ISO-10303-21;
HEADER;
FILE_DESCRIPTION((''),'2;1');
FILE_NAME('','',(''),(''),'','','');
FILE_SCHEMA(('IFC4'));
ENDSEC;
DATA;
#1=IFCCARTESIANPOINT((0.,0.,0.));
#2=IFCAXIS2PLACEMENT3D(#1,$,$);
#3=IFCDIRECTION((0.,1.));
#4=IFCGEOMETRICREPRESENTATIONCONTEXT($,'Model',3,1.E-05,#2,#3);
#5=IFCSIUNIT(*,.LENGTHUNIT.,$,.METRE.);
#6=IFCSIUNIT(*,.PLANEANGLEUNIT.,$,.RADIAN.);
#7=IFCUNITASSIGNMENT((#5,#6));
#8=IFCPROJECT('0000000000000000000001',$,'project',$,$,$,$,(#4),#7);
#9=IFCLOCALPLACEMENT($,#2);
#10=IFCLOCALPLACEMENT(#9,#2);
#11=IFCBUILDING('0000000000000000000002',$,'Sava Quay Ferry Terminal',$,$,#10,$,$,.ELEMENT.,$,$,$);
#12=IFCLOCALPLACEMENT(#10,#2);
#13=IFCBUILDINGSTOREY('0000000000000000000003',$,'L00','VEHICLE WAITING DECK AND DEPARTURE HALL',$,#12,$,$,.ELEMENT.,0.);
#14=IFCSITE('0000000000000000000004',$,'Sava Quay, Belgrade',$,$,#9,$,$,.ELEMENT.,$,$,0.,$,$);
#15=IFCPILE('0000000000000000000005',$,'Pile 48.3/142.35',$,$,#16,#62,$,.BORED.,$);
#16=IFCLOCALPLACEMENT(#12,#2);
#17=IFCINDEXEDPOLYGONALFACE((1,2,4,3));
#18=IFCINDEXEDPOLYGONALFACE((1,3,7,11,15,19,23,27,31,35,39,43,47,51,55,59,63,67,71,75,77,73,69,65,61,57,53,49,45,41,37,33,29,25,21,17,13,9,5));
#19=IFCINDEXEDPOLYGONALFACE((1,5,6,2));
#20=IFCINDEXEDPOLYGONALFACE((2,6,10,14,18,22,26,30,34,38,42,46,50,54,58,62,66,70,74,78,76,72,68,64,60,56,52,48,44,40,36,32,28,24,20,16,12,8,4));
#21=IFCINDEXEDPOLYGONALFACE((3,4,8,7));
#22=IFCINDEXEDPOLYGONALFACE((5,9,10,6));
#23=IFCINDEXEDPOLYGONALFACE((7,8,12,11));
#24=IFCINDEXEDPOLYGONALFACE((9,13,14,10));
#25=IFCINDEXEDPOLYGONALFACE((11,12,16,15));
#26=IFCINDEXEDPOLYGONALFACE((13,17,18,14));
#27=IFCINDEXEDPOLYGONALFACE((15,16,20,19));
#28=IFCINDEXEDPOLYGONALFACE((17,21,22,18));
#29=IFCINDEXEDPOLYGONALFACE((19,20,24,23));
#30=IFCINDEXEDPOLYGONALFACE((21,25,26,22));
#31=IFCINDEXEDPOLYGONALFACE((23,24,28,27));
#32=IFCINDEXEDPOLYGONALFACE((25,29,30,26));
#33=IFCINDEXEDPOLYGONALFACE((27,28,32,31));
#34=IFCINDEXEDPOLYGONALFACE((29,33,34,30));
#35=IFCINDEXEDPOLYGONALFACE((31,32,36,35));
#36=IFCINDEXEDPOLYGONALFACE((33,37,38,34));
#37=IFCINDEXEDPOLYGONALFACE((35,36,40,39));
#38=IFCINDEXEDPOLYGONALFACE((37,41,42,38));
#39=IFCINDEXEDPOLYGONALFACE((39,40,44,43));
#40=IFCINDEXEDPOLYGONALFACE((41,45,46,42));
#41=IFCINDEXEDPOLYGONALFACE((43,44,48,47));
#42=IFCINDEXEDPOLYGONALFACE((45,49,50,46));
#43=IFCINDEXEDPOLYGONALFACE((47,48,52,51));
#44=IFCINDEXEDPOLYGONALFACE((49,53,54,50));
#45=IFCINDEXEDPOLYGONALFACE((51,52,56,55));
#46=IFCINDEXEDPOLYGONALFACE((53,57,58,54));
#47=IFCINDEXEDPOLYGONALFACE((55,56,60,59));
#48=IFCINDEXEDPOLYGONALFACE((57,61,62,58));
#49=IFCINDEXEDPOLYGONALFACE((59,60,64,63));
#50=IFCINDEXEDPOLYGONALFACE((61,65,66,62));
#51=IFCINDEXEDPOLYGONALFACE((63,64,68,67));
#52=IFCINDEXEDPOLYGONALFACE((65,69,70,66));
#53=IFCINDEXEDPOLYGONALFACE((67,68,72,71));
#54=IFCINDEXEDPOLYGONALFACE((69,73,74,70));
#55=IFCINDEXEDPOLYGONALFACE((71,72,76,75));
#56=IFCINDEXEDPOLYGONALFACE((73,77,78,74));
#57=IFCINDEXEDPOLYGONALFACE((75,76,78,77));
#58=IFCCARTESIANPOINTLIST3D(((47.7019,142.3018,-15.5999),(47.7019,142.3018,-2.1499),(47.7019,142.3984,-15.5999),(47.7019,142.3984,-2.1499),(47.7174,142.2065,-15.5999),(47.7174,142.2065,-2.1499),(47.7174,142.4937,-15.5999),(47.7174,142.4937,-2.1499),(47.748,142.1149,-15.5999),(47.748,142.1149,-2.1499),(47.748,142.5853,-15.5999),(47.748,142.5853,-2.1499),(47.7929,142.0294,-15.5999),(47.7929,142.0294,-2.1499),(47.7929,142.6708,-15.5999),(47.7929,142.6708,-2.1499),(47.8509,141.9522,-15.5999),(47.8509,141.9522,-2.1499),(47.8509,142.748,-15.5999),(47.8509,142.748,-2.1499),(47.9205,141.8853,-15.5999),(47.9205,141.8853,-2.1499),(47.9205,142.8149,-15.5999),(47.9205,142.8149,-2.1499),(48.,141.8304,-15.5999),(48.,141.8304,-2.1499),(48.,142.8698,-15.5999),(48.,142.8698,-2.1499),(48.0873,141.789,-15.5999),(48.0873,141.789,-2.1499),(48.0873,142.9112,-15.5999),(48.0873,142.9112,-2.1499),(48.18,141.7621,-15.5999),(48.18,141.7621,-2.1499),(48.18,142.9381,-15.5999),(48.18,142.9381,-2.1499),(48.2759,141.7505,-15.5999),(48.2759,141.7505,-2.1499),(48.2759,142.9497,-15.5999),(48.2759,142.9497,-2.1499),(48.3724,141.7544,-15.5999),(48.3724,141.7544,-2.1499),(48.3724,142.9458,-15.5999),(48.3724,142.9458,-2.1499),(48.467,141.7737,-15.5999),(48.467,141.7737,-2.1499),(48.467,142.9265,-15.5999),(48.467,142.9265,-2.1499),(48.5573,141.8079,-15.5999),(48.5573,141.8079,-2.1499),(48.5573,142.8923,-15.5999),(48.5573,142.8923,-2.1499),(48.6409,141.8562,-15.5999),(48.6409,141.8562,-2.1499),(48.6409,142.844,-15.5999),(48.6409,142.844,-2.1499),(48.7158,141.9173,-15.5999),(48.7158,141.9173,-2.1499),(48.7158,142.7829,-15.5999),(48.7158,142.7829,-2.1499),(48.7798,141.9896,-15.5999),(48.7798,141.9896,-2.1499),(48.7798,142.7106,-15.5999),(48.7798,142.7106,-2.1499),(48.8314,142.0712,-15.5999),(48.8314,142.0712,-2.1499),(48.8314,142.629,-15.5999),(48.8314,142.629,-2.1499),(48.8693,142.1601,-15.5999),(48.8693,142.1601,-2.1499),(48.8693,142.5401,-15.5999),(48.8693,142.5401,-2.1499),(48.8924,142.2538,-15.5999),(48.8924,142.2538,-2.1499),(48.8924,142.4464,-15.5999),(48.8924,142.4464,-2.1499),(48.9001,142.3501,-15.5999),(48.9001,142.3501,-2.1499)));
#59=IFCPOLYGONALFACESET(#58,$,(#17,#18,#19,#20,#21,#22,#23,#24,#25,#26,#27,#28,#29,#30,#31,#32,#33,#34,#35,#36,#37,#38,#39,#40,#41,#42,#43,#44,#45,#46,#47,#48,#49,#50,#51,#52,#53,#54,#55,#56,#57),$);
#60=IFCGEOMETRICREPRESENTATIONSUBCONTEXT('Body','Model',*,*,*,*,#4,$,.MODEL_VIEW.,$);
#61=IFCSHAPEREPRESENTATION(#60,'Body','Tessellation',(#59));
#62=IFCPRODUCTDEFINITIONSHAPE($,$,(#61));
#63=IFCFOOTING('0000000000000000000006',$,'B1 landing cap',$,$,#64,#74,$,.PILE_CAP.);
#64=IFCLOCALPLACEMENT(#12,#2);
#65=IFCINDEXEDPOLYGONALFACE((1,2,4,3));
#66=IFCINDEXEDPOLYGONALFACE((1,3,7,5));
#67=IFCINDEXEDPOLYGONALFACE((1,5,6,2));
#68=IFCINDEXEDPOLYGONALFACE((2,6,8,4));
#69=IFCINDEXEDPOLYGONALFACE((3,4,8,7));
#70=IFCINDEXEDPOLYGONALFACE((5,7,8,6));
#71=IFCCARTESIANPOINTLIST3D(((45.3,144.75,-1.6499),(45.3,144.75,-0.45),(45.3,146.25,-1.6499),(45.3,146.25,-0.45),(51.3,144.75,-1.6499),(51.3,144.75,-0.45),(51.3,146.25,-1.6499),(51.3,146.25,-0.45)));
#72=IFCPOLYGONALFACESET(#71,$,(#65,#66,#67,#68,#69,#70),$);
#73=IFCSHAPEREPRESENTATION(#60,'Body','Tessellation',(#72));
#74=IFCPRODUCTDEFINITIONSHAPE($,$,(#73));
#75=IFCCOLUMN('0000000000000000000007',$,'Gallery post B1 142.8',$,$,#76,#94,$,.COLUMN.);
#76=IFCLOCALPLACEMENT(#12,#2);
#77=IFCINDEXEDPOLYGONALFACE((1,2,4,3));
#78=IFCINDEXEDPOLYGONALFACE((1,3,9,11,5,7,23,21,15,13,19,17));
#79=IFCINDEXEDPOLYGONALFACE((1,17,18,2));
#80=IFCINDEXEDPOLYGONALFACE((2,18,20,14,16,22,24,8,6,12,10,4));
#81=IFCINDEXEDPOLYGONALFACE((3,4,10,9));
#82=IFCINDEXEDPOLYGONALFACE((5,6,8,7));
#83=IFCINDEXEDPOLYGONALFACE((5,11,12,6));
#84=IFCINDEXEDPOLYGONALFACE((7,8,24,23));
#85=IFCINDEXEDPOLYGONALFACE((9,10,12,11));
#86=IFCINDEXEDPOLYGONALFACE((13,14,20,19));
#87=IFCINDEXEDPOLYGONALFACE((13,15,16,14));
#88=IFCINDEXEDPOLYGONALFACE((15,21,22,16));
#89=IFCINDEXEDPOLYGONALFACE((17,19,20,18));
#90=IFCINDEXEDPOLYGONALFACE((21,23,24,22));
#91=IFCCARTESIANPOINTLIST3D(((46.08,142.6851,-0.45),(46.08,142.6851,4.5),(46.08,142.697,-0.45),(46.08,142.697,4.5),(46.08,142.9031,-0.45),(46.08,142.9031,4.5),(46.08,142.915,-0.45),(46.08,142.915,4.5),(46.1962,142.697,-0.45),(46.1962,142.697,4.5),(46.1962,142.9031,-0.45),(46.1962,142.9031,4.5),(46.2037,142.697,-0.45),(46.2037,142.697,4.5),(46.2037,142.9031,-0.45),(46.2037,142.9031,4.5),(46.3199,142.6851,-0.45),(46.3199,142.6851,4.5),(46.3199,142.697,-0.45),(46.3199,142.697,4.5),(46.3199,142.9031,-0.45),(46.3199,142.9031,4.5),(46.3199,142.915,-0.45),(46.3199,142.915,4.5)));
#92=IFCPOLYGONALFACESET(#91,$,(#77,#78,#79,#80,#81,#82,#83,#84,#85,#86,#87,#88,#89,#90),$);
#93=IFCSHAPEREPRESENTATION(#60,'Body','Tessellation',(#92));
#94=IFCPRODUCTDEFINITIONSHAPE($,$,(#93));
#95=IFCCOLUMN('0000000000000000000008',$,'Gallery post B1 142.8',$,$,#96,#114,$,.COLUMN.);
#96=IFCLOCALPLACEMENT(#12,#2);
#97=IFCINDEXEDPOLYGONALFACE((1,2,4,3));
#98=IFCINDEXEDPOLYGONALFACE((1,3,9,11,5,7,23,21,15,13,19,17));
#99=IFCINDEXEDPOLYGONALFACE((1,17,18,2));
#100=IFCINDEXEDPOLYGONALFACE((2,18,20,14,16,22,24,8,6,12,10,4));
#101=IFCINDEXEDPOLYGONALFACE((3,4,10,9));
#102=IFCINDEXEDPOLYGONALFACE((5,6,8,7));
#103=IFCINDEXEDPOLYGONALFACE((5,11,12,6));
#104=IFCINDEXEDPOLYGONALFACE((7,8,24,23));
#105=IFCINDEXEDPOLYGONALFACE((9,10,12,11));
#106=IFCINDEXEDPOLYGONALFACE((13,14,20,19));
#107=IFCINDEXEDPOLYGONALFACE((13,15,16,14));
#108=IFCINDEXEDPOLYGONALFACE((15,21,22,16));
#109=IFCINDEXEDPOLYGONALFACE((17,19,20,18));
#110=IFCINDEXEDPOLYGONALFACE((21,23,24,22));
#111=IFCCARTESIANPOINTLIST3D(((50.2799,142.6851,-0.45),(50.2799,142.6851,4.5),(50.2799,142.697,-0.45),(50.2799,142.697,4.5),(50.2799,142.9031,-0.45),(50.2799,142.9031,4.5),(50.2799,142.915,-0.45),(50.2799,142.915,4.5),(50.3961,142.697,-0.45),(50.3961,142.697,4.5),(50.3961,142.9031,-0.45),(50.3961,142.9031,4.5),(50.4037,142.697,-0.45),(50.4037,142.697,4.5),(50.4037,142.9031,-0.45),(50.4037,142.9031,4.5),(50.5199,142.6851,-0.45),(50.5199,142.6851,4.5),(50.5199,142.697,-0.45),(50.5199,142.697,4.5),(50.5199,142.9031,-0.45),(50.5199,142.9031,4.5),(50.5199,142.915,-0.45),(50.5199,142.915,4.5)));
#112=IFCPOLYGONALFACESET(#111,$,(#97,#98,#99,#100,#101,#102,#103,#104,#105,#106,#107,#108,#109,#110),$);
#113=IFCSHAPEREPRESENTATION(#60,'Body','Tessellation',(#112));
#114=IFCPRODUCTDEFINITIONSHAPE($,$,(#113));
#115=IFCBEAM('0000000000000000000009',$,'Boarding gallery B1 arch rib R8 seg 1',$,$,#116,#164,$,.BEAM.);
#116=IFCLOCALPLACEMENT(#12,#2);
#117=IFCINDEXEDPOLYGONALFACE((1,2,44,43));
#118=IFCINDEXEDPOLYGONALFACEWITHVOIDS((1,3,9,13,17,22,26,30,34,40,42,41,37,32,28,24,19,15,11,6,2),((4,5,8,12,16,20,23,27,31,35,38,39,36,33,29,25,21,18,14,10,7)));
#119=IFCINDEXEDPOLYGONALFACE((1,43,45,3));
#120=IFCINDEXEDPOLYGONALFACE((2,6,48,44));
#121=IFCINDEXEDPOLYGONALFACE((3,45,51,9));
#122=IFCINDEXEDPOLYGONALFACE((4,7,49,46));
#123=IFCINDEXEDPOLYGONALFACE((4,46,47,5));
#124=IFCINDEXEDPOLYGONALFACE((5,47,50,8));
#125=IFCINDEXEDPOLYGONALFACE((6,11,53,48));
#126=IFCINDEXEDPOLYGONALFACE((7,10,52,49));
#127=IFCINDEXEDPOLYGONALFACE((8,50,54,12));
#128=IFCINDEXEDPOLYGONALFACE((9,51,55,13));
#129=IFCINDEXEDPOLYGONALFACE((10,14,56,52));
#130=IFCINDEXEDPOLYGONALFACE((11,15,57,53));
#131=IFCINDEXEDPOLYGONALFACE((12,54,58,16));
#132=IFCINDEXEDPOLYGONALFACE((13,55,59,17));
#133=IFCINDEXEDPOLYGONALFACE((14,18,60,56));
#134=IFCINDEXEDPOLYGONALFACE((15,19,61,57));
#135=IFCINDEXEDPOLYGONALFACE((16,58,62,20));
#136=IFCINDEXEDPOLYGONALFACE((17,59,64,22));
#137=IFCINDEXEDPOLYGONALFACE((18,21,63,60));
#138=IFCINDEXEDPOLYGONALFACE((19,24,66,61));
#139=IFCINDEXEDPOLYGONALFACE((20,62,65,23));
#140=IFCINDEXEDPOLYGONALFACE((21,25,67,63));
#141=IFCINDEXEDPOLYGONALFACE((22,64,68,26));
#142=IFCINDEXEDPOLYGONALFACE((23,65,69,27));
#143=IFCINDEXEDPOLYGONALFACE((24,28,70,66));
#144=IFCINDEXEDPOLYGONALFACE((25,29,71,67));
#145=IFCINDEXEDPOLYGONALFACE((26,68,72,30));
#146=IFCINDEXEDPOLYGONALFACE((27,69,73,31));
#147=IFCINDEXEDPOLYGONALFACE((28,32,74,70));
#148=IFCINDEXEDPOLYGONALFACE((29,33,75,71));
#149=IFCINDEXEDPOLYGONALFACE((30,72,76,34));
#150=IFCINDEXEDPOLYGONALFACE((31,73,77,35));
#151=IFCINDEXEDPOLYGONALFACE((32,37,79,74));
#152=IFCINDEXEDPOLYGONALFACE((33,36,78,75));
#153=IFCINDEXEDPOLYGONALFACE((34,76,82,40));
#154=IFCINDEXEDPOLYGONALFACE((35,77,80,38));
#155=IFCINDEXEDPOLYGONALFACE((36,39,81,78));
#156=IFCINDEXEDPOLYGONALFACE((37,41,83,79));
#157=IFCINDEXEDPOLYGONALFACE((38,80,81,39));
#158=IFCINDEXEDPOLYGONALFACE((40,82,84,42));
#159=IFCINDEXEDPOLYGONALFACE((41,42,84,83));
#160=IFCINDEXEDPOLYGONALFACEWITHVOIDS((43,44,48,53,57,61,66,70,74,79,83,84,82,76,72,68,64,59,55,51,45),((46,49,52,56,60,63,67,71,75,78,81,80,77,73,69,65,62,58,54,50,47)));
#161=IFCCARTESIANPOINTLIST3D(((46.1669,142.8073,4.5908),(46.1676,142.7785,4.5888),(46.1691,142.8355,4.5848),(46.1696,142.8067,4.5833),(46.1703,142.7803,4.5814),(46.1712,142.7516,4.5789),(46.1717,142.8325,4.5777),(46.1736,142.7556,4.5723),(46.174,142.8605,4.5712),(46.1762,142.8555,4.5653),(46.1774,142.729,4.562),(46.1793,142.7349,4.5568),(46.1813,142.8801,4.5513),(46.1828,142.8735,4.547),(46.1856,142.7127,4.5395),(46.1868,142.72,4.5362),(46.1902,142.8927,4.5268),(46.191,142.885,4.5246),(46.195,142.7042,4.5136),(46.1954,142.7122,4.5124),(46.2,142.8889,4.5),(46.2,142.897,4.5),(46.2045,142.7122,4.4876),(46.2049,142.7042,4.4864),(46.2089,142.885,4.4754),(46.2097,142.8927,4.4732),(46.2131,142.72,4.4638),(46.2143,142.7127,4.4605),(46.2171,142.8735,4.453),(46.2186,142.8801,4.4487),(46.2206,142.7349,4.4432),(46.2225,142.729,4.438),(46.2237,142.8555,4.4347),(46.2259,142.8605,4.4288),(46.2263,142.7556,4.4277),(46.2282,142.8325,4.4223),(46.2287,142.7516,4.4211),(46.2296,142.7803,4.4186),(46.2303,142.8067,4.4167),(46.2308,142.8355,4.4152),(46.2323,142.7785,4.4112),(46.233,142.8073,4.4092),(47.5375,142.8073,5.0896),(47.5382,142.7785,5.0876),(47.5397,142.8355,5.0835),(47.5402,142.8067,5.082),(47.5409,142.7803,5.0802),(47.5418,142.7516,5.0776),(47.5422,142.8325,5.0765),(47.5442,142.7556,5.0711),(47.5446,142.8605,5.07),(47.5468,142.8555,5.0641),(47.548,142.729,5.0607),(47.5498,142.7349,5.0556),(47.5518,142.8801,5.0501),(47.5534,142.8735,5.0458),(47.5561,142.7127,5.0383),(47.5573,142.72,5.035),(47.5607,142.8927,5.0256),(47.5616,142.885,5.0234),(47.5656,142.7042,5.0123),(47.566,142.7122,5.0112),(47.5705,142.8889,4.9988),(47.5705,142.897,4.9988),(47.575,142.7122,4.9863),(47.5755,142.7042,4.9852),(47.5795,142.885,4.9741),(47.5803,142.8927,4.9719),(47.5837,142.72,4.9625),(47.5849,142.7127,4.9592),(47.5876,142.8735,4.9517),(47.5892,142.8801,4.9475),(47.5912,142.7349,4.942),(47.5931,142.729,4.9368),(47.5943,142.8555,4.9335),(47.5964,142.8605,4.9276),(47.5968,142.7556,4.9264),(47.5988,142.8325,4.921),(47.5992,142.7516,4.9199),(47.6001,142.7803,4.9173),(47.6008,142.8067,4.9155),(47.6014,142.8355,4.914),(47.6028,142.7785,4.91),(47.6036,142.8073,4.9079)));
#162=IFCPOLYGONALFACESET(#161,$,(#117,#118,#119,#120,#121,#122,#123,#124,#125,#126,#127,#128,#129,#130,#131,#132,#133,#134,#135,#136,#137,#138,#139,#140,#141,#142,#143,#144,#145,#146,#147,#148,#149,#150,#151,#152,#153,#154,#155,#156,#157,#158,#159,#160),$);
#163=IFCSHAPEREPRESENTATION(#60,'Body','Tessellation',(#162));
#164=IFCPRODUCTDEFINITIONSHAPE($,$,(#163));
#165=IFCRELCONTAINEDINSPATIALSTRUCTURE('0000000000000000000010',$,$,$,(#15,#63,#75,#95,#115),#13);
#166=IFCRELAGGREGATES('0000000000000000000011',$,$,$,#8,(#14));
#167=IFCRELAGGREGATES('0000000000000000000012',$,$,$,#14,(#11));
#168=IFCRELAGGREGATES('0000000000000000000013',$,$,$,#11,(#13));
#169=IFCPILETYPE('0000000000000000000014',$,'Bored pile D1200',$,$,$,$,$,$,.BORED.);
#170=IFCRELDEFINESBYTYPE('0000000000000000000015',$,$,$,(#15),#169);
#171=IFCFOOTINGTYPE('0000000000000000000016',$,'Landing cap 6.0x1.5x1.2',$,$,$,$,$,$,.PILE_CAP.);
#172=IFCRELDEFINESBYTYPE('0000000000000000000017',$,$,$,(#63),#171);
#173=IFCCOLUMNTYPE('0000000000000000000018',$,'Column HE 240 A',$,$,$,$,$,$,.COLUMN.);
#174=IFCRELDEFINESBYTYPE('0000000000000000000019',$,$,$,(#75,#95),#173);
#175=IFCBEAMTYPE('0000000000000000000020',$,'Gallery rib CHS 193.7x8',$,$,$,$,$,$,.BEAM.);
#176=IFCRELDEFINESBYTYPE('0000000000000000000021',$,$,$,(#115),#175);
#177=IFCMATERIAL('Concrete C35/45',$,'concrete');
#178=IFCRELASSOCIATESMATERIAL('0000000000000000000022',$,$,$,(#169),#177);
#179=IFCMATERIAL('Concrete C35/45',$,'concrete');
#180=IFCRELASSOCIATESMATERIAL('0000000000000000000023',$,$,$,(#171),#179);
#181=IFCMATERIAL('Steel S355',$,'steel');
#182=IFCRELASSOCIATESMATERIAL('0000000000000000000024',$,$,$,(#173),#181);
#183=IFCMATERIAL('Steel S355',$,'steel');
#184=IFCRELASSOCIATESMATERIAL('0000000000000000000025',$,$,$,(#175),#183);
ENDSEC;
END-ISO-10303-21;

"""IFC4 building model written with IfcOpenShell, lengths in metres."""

from ifc_helpers import new_model, si_unit, direction, frame, origin, origin_2d, place, context, subcontext, project, spatial, rectangle, circle, hollow_circle, i_section, extrude, material, material_profile, profile_set, type_object, element, save


model = new_model("IFC4")

# Units and contexts
model_context = context("Model", 3, precision=1e-05, world=origin(), true_north=direction((0.0, 1.0)))
body_context = subcontext(model_context, "Body", "Model", "MODEL_VIEW")
ifc_project = project(units=[si_unit("LENGTHUNIT", "METRE"), si_unit("PLANEANGLEUNIT", "RADIAN")], contexts=[model_context])

# Site, building, storey
site_placement = place(None, origin())
site = spatial("IfcSite", under=ifc_project, at=site_placement, Name="Sava Quay, Belgrade", CompositionType="ELEMENT", RefElevation=0.0)
building_placement = place(site_placement, origin())
building = spatial("IfcBuilding", under=site, at=building_placement, Name="Sava Quay Ferry Terminal", CompositionType="ELEMENT")
storey_placement = place(building_placement, origin())
storey = spatial("IfcBuildingStorey", under=building, at=storey_placement, Name="L00", Description="VEHICLE WAITING DECK AND DEPARTURE HALL", CompositionType="ELEMENT", Elevation=0.0)

# Pile
ifc_material_1 = material(Name="Concrete C35/45", Category="concrete")
ifc_material_profile_1 = material_profile(ifc_material_1, circle(Radius=0.6001, at=origin_2d()), Name="Bored pile D1200")
ifc_profile_set_1 = profile_set([ifc_material_profile_1], Name="Concrete C35/45")
pile_type = type_object("IfcPileType", Name="Bored pile D1200", PredefinedType="BORED", material=ifc_profile_set_1)
pile_placement = place(storey_placement, frame((48.3, 142.3501, -2.1499), z_axis=(0.0, 0.0, -1.0), x_axis=(1.0, 0.0, 0.0)))
element("IfcPile", 1, at=pile_placement, inside=storey, type_object=pile_type, Name="Pile 48.3/142.35", PredefinedType="BORED", context=body_context, shape_type="SweptSolid", body=[
    extrude(circle(Radius=0.6001, at=origin_2d()), origin(), (0.0, 0.0, 1.0), 13.45),
])

# Footing
ifc_material_2 = material(Name="Concrete C35/45", Category="concrete")
footing_type = type_object("IfcFootingType", Name="Landing cap 6.0x1.5x1.2", PredefinedType="PILE_CAP", material=ifc_material_2)
footing_placement = place(storey_placement, frame((48.3, 145.5, -1.6499), z_axis=(0.0, 0.0, 1.0), x_axis=(1.0, 0.0, 0.0)))
element("IfcFooting", 2, at=footing_placement, inside=storey, type_object=footing_type, Name="B1 landing cap", PredefinedType="PILE_CAP", context=body_context, shape_type="SweptSolid", body=[
    extrude(rectangle(XDim=6.0, YDim=1.5, at=origin_2d()), origin(), (0.0, 0.0, 1.0), 1.2),
])

# Columns
ifc_material_3 = material(Name="Steel S355", Category="steel")
ifc_material_profile_2 = material_profile(ifc_material_3, i_section(OverallWidth=0.24, OverallDepth=0.23, WebThickness=0.0076, FlangeThickness=0.012, at=origin_2d()), Name="HE 240 A")
ifc_profile_set_2 = profile_set([ifc_material_profile_2], Name="Steel S355")
column_type = type_object("IfcColumnType", Name="Column HE 240 A", PredefinedType="COLUMN", material=ifc_profile_set_2)
for number, where, z_axis, x_axis, name in (
    (3, (46.2, 142.8, -0.45), (0.0, 0.0, 1.0), (1.0, 0.0, 0.0), "Gallery post B1 142.8"),
    (4, (50.3999, 142.8, -0.45), (0.0, 0.0, 1.0), (1.0, 0.0, 0.0), "Gallery post B1 142.8"),
):
    element("IfcColumn", number, at=place(storey_placement, frame(where, z_axis=z_axis, x_axis=x_axis)), inside=storey, type_object=column_type, Name=name, PredefinedType="COLUMN", context=body_context, shape_type="SweptSolid", body=[
        extrude(i_section(OverallWidth=0.24, OverallDepth=0.23, WebThickness=0.0076, FlangeThickness=0.012, at=origin_2d()), origin(), (0.0, 0.0, 1.0), 4.95),
    ])

# Beam
ifc_material_4 = material(Name="Steel S355", Category="steel")
ifc_material_profile_3 = material_profile(ifc_material_4, hollow_circle(Radius=0.0969, WallThickness=0.0081, at=origin_2d()), Name="CHS 193.7 x 8.0")
ifc_profile_set_3 = profile_set([ifc_material_profile_3], Name="Steel S355")
beam_type = type_object("IfcBeamType", Name="Gallery rib CHS 193.7x8", PredefinedType="BEAM", material=ifc_profile_set_3)
beam_1_placement = place(storey_placement, frame((46.2, 142.8, 4.5), z_axis=(0.93971, 0.0, 0.341972), x_axis=(0.0, 1.0, 0.0)))
element("IfcBeam", 5, at=beam_1_placement, inside=storey, type_object=beam_type, Name="Boarding gallery B1 arch rib R8 seg 1", PredefinedType="BEAM", context=body_context, shape_type="SweptSolid", body=[
    extrude(hollow_circle(Radius=0.0969, WallThickness=0.0081, at=origin_2d()), origin(), (0.0, 0.0, 1.0), 1.4585),
])

save(model, "model.ifc")
